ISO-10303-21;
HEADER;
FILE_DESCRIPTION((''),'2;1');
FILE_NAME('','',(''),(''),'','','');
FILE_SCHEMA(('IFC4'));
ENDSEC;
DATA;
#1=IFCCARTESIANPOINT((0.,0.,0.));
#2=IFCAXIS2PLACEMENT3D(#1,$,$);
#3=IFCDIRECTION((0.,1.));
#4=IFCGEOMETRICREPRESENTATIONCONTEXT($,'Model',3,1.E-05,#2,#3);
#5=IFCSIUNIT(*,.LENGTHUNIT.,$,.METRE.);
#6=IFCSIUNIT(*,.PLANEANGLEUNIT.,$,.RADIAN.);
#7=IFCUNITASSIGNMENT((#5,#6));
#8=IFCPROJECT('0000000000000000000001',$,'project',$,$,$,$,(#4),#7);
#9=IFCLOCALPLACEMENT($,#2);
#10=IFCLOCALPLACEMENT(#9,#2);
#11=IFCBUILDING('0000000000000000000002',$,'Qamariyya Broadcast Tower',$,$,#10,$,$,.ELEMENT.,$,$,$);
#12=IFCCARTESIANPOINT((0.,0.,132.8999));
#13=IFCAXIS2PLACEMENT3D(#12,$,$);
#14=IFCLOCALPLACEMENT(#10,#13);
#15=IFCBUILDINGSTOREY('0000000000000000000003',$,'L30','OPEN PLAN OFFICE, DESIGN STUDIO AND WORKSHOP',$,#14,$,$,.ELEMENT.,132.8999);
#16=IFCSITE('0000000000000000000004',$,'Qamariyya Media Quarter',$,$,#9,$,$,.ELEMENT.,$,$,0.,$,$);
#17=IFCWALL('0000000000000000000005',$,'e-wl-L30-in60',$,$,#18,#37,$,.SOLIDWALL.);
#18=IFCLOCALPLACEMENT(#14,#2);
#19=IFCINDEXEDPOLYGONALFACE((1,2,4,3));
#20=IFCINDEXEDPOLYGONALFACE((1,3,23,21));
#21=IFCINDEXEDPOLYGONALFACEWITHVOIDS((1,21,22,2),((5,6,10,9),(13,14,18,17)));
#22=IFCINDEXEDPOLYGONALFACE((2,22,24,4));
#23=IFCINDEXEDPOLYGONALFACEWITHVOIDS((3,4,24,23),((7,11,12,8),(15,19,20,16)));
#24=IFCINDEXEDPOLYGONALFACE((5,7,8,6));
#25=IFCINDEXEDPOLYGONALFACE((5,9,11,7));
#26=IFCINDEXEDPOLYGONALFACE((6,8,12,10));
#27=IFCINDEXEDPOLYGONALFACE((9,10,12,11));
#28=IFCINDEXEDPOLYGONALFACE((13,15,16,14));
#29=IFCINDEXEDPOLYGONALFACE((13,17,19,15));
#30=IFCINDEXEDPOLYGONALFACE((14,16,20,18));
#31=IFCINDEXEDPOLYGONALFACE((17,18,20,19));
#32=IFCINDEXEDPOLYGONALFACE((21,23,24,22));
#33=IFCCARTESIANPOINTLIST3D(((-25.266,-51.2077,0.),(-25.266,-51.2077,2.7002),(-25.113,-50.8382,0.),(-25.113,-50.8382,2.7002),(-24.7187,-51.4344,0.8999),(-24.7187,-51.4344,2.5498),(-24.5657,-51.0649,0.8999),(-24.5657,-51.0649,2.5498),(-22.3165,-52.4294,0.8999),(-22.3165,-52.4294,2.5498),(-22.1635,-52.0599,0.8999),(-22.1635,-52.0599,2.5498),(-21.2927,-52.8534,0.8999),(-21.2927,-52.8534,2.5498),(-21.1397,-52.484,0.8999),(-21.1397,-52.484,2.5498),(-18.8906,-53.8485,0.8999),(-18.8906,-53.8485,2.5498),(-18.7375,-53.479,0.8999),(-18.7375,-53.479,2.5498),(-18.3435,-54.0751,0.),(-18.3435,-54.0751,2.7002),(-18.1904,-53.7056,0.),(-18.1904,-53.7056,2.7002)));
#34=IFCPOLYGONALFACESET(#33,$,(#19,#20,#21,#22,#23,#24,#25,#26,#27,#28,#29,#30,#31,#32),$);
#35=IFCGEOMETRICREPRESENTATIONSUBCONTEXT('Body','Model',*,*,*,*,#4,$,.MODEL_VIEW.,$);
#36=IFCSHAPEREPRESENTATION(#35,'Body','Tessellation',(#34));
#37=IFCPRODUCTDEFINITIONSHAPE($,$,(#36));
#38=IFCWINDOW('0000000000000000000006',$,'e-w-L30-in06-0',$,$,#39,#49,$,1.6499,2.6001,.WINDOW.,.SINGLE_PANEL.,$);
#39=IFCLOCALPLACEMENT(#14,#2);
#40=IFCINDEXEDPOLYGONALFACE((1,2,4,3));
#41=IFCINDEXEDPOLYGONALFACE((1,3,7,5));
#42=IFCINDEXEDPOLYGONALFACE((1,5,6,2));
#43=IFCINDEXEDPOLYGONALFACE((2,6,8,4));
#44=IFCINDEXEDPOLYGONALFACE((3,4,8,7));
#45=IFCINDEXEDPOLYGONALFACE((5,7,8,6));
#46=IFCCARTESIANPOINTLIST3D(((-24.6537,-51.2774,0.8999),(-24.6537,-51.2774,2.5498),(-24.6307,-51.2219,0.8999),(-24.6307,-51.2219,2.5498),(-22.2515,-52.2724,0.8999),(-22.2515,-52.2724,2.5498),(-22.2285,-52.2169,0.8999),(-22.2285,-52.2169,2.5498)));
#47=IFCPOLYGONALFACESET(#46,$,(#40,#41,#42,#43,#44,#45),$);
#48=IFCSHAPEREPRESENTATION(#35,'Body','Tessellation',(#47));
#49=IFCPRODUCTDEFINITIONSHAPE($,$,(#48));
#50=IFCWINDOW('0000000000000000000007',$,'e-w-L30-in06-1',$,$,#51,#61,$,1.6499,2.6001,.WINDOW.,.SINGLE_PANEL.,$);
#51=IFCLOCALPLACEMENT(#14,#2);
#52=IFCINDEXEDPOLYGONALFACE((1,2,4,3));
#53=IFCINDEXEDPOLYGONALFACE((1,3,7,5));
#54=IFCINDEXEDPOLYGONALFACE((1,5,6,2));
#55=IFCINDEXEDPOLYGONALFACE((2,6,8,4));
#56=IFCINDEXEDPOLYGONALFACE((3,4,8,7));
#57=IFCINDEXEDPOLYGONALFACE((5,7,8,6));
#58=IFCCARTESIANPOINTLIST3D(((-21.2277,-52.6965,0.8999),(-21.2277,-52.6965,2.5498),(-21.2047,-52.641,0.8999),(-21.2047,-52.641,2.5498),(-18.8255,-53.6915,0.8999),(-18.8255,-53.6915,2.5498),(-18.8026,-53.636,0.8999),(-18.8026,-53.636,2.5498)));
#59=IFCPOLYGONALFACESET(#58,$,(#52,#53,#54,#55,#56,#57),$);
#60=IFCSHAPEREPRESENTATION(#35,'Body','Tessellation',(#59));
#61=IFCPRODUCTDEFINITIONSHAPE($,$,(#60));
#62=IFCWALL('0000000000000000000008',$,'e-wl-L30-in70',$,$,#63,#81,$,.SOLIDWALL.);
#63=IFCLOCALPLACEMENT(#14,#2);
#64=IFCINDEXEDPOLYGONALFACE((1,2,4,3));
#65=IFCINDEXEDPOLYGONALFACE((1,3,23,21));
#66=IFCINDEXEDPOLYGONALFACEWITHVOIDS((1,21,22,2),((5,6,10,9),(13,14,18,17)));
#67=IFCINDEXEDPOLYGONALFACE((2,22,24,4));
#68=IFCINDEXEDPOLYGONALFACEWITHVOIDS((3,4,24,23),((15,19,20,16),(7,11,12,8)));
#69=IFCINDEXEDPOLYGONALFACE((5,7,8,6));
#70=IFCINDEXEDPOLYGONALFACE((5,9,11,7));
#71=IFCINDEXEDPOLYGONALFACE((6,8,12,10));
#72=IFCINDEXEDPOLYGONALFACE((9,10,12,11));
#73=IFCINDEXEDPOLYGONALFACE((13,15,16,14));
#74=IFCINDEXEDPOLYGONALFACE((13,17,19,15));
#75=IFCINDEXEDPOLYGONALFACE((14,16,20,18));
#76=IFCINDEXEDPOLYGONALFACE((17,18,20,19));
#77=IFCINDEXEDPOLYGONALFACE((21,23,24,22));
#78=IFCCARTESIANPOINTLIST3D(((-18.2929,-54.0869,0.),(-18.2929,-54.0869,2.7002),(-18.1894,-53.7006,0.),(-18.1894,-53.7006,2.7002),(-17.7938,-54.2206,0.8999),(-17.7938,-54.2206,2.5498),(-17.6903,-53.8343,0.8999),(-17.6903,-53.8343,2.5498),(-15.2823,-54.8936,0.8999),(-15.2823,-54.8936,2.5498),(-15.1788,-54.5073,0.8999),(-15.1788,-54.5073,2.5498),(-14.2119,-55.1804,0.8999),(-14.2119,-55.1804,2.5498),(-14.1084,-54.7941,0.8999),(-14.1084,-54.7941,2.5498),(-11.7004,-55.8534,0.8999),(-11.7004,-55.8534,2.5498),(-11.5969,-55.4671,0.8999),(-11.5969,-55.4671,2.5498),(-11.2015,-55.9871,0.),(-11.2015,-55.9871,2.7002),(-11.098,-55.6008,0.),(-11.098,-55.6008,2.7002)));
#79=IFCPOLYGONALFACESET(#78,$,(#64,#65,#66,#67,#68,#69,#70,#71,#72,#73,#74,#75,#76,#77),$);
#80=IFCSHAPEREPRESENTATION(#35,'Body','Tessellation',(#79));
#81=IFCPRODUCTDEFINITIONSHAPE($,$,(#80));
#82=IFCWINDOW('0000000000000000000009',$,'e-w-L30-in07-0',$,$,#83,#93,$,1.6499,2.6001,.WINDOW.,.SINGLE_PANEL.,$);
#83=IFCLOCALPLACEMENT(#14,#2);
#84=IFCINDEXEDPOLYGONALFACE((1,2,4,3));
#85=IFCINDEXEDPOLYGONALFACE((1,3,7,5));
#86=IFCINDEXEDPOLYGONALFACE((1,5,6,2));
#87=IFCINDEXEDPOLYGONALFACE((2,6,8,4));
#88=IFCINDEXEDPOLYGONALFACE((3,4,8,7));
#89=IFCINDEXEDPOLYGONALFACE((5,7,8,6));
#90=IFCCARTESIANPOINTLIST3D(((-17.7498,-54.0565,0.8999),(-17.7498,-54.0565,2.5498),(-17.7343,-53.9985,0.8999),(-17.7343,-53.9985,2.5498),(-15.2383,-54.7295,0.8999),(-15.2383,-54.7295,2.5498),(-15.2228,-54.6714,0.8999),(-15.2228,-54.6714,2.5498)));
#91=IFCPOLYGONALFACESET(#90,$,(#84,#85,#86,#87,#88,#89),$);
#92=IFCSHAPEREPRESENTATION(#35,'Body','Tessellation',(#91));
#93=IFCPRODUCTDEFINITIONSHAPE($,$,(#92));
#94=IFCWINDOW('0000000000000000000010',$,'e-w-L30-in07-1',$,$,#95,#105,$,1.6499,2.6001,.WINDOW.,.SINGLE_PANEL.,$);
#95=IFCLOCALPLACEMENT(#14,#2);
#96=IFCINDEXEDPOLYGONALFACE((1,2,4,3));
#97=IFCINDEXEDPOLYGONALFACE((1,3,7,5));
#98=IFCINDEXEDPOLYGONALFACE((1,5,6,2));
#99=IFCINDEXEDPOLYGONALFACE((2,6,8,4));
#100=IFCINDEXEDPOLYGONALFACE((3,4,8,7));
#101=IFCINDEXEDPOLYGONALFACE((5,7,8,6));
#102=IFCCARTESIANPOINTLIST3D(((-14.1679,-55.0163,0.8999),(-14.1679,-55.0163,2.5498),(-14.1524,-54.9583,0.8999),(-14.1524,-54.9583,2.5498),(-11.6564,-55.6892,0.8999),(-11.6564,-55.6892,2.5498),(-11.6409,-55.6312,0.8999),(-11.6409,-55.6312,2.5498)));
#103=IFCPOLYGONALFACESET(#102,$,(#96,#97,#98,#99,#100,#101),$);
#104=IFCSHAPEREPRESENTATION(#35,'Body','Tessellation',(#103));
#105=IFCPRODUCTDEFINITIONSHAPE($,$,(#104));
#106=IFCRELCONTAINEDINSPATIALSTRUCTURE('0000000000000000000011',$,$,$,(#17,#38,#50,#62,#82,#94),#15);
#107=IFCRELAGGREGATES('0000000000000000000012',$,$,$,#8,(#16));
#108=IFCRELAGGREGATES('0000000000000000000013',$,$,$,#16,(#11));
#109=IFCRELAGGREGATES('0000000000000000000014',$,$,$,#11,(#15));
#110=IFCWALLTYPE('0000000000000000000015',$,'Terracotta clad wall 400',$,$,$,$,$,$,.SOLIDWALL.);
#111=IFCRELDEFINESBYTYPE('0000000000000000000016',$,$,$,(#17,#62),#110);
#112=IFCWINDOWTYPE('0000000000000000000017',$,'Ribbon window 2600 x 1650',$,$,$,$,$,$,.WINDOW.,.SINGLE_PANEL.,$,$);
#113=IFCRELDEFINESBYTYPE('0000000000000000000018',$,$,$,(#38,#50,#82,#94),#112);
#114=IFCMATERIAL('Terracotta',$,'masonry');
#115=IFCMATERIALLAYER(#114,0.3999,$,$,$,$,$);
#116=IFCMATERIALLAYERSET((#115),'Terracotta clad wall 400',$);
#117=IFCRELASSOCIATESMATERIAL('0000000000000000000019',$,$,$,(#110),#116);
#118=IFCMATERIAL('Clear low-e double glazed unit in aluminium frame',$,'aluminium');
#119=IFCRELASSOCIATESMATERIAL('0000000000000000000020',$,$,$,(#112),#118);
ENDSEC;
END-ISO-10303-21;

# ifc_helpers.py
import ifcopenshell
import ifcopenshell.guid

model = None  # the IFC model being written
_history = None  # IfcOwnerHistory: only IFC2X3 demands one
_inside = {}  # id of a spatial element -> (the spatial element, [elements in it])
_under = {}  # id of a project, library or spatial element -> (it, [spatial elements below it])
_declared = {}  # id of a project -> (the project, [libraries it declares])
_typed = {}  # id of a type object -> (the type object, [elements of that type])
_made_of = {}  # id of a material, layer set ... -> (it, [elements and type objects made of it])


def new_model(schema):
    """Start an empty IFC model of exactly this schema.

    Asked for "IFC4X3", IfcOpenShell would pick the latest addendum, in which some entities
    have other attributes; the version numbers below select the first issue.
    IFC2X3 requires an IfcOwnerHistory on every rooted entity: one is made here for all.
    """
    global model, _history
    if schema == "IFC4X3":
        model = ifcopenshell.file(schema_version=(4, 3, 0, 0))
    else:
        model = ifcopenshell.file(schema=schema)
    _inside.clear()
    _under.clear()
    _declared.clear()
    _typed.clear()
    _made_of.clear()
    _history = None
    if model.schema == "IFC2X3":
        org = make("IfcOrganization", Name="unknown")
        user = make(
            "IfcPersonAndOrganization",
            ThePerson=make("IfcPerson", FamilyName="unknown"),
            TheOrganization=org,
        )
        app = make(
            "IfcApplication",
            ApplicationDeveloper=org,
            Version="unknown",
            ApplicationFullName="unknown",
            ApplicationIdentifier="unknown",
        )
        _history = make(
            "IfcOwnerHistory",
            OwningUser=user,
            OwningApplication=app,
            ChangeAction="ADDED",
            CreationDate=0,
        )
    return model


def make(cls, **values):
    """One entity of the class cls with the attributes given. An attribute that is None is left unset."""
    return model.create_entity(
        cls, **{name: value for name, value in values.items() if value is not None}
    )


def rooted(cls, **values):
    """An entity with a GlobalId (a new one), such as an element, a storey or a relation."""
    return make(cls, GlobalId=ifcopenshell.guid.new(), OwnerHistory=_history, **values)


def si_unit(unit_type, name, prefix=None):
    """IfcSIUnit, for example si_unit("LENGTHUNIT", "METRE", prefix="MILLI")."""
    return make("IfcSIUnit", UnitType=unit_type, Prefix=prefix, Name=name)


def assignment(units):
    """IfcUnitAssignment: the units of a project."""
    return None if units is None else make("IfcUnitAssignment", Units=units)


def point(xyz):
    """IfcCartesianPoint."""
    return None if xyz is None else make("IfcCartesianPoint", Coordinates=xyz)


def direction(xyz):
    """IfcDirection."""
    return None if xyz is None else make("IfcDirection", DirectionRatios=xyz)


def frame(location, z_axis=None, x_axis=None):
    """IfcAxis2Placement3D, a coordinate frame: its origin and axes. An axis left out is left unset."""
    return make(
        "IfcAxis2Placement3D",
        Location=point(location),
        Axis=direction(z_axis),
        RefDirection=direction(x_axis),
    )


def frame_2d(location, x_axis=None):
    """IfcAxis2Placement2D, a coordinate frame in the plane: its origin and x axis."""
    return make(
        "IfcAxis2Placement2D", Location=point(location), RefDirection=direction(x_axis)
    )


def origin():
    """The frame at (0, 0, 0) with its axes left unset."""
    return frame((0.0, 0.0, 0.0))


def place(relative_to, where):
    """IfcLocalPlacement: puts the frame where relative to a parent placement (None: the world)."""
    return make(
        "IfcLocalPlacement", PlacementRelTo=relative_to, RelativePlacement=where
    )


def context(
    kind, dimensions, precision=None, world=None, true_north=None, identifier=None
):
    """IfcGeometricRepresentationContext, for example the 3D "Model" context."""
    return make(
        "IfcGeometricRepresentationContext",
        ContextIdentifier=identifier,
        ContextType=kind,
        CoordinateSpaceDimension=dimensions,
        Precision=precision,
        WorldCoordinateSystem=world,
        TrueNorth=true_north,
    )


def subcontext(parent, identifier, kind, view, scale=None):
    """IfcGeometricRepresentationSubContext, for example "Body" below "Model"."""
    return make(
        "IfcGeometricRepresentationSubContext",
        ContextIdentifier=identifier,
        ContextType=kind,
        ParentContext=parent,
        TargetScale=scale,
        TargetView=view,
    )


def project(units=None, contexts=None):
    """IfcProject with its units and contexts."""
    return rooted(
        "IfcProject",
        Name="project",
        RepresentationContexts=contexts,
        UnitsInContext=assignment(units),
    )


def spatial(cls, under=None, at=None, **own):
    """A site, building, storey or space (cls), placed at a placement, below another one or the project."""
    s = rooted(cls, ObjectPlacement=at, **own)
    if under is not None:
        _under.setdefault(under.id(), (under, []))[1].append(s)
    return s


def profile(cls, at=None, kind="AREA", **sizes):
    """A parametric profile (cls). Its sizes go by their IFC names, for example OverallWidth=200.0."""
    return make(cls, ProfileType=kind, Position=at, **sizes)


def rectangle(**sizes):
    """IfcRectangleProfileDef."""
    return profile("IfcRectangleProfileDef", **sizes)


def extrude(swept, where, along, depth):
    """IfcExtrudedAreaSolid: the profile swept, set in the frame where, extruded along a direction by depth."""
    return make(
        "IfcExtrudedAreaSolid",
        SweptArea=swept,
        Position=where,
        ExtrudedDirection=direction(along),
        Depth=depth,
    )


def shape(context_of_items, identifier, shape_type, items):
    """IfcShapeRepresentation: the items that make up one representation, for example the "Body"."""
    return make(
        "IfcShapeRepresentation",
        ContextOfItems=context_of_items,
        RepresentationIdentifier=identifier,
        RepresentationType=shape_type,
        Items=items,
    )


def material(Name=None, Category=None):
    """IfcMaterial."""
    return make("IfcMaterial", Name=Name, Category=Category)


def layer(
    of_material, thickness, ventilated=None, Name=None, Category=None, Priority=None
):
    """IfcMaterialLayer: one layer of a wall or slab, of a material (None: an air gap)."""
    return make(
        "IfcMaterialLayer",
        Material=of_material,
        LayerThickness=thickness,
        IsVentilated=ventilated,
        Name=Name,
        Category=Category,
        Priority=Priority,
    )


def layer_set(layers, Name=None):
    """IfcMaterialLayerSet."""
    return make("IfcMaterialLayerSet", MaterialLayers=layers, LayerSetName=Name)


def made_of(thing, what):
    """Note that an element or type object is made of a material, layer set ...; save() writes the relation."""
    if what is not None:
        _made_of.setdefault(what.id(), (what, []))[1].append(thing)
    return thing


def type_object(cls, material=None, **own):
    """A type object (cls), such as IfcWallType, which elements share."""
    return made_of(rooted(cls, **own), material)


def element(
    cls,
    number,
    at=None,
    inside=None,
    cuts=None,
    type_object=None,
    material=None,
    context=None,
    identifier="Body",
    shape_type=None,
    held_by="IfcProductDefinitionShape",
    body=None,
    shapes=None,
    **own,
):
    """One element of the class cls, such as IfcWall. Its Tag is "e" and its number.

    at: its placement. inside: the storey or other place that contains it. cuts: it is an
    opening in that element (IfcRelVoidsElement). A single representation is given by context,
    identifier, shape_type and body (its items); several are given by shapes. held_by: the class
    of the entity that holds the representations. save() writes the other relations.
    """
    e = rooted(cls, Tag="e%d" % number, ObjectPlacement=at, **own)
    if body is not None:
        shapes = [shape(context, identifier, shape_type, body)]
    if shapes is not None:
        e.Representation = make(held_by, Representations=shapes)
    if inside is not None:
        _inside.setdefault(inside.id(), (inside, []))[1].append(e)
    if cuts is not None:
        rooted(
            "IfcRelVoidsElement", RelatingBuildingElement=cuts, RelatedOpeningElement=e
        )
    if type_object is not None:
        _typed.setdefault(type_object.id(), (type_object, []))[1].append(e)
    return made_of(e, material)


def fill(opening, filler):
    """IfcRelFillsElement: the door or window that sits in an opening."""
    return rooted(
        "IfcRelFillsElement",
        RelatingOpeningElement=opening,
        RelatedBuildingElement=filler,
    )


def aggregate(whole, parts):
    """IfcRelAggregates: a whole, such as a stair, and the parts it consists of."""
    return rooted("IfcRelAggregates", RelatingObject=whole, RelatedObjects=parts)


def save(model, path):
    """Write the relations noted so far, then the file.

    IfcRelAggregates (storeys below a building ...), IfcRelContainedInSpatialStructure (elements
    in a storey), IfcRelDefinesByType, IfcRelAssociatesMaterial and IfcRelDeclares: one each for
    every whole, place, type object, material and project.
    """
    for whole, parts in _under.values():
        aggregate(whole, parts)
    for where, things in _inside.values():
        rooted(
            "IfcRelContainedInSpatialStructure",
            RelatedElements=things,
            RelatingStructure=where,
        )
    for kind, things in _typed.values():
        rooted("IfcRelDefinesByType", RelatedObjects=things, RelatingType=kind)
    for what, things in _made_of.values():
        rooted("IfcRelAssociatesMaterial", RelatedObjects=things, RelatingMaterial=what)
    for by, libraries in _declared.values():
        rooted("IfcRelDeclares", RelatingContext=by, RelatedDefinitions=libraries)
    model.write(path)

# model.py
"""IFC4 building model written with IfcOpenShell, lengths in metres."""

from ifc_helpers import new_model, si_unit, direction, frame, frame_2d, origin, place, context, subcontext, project, spatial, rectangle, extrude, material, layer, layer_set, type_object, element, fill, save


model = new_model("IFC4")

# Units and contexts
model_context = context("Model", 3, precision=1e-05, world=origin(), true_north=direction((0.0, 1.0)))
body_context = subcontext(model_context, "Body", "Model", "MODEL_VIEW")
ifc_project = project(units=[si_unit("LENGTHUNIT", "METRE"), si_unit("PLANEANGLEUNIT", "RADIAN")], contexts=[model_context])

# Site, building, storey
site_placement = place(None, origin())
site = spatial("IfcSite", under=ifc_project, at=site_placement, Name="Qamariyya Media Quarter", CompositionType="ELEMENT", RefElevation=0.0)
building_placement = place(site_placement, origin())
building = spatial("IfcBuilding", under=site, at=building_placement, Name="Qamariyya Broadcast Tower", CompositionType="ELEMENT")
storey_placement = place(building_placement, frame((0.0, 0.0, 132.8999)))
storey = spatial("IfcBuildingStorey", under=building, at=storey_placement, Name="L30", Description="OPEN PLAN OFFICE, DESIGN STUDIO AND WORKSHOP", CompositionType="ELEMENT", Elevation=132.8999)

# Walls, openings, windows
ifc_material_1 = material(Name="Terracotta", Category="masonry")
ifc_layer_1 = layer(ifc_material_1, 0.3999)
ifc_layer_set_1 = layer_set([ifc_layer_1], Name="Terracotta clad wall 400")
wall_type_1 = type_object("IfcWallType", Name="Terracotta clad wall 400", PredefinedType="SOLIDWALL", material=ifc_layer_set_1)
ifc_material_2 = material(Name="Clear low-e double glazed unit in aluminium frame", Category="aluminium")
window_type = type_object("IfcWindowType", Name="Ribbon window 2600 x 1650", PartitioningType="SINGLE_PANEL", PredefinedType="WINDOW", material=ifc_material_2)
wall_1_placement = place(storey_placement, frame((-18.2668, -53.8904, 0.0), z_axis=(0.0, 0.0, 1.0), x_axis=(-0.92388, 0.382683, 0.0)))
wall_1 = element("IfcWall", 1, at=wall_1_placement, inside=storey, type_object=wall_type_1, Name="e-wl-L30-in60", PredefinedType="SOLIDWALL", context=body_context, shape_type="SweptSolid", body=[
    extrude(rectangle(XDim=7.4929, YDim=0.3999, at=frame_2d((3.7466, 0.0))), origin(), (0.0, 0.0, 1.0), 2.7002),
])
opening_1_placement = place(wall_1_placement, frame((4.3005, 0.0, 0.8999)))
opening_1 = element("IfcOpeningElement", 2, at=opening_1_placement, cuts=wall_1, PredefinedType="OPENING", context=body_context, shape_type="SweptSolid", body=[
    extrude(rectangle(XDim=2.6001, YDim=1.6499, at=frame_2d((1.3, 0.825))), frame((0.0, 0.21, 0.0), z_axis=(0.0, -1.0, 0.0), x_axis=(1.0, 0.0, 0.0)), (0.0, 0.0, 1.0), 0.4199),
])
opening_2_placement = place(wall_1_placement, frame((0.5923, 0.0, 0.8999)))
opening_2 = element("IfcOpeningElement", 3, at=opening_2_placement, cuts=wall_1, PredefinedType="OPENING", context=body_context, shape_type="SweptSolid", body=[
    extrude(rectangle(XDim=2.6001, YDim=1.6499, at=frame_2d((1.3, 0.825))), frame((0.0, 0.21, 0.0), z_axis=(0.0, -1.0, 0.0), x_axis=(1.0, 0.0, 0.0)), (0.0, 0.0, 1.0), 0.4199),
])
window_1_placement = place(opening_1_placement, origin())
window_1 = element("IfcWindow", 4, at=window_1_placement, inside=storey, type_object=window_type, Name="e-w-L30-in06-0", OverallHeight=1.6499, OverallWidth=2.6001, PartitioningType="SINGLE_PANEL", PredefinedType="WINDOW", context=body_context, shape_type="SweptSolid", body=[
    extrude(rectangle(XDim=2.6001, YDim=1.6499, at=frame_2d((1.3, 0.825))), frame((0.0, 0.03, 0.0), z_axis=(0.0, -1.0, 0.0), x_axis=(1.0, 0.0, 0.0)), (0.0, 0.0, 1.0), 0.0601),
])
fill(opening_1, window_1)
window_2_placement = place(opening_2_placement, origin())
window_2 = element("IfcWindow", 5, at=window_2_placement, inside=storey, type_object=window_type, Name="e-w-L30-in06-1", OverallHeight=1.6499, OverallWidth=2.6001, PartitioningType="SINGLE_PANEL", PredefinedType="WINDOW", context=body_context, shape_type="SweptSolid", body=[
    extrude(rectangle(XDim=2.6001, YDim=1.6499, at=frame_2d((1.3, 0.825))), frame((0.0, 0.03, 0.0), z_axis=(0.0, -1.0, 0.0), x_axis=(1.0, 0.0, 0.0)), (0.0, 0.0, 1.0), 0.0601),
])
fill(opening_2, window_2)
wall_2_placement = place(storey_placement, frame((-11.1497, -55.7939, 0.0), z_axis=(0.0, 0.0, 1.0), x_axis=(-0.965925, 0.258824, 0.0)))
wall_2 = element("IfcWall", 6, at=wall_2_placement, inside=storey, type_object=wall_type_1, Name="e-wl-L30-in70", PredefinedType="SOLIDWALL", context=body_context, shape_type="SweptSolid", body=[
    extrude(rectangle(XDim=7.3416, YDim=0.3999, at=frame_2d((3.6709, 0.0))), origin(), (0.0, 0.0, 1.0), 2.7002),
])
opening_3_placement = place(wall_2_placement, frame((4.2249, 0.0, 0.8999)))
opening_3 = element("IfcOpeningElement", 7, at=opening_3_placement, cuts=wall_2, PredefinedType="OPENING", context=body_context, shape_type="SweptSolid", body=[
    extrude(rectangle(XDim=2.6001, YDim=1.6499, at=frame_2d((1.3, 0.825))), frame((0.0, 0.21, 0.0), z_axis=(0.0, -1.0, 0.0), x_axis=(1.0, 0.0, 0.0)), (0.0, 0.0, 1.0), 0.4199),
])
opening_4_placement = place(wall_2_placement, frame((0.5166, 0.0, 0.8999)))
opening_4 = element("IfcOpeningElement", 8, at=opening_4_placement, cuts=wall_2, PredefinedType="OPENING", context=body_context, shape_type="SweptSolid", body=[
    extrude(rectangle(XDim=2.6001, YDim=1.6499, at=frame_2d((1.3, 0.825))), frame((0.0, 0.21, 0.0), z_axis=(0.0, -1.0, 0.0), x_axis=(1.0, 0.0, 0.0)), (0.0, 0.0, 1.0), 0.4199),
])
window_3_placement = place(opening_3_placement, origin())
window_3 = element("IfcWindow", 9, at=window_3_placement, inside=storey, type_object=window_type, Name="e-w-L30-in07-0", OverallHeight=1.6499, OverallWidth=2.6001, PartitioningType="SINGLE_PANEL", PredefinedType="WINDOW", context=body_context, shape_type="SweptSolid", body=[
    extrude(rectangle(XDim=2.6001, YDim=1.6499, at=frame_2d((1.3, 0.825))), frame((0.0, 0.03, 0.0), z_axis=(0.0, -1.0, 0.0), x_axis=(1.0, 0.0, 0.0)), (0.0, 0.0, 1.0), 0.0601),
])
fill(opening_3, window_3)
window_4_placement = place(opening_4_placement, origin())
window_4 = element("IfcWindow", 10, at=window_4_placement, inside=storey, type_object=window_type, Name="e-w-L30-in07-1", OverallHeight=1.6499, OverallWidth=2.6001, PartitioningType="SINGLE_PANEL", PredefinedType="WINDOW", context=body_context, shape_type="SweptSolid", body=[
    extrude(rectangle(XDim=2.6001, YDim=1.6499, at=frame_2d((1.3, 0.825))), frame((0.0, 0.03, 0.0), z_axis=(0.0, -1.0, 0.0), x_axis=(1.0, 0.0, 0.0)), (0.0, 0.0, 1.0), 0.0601),
])
fill(opening_4, window_4)

save(model, "model.ifc")
